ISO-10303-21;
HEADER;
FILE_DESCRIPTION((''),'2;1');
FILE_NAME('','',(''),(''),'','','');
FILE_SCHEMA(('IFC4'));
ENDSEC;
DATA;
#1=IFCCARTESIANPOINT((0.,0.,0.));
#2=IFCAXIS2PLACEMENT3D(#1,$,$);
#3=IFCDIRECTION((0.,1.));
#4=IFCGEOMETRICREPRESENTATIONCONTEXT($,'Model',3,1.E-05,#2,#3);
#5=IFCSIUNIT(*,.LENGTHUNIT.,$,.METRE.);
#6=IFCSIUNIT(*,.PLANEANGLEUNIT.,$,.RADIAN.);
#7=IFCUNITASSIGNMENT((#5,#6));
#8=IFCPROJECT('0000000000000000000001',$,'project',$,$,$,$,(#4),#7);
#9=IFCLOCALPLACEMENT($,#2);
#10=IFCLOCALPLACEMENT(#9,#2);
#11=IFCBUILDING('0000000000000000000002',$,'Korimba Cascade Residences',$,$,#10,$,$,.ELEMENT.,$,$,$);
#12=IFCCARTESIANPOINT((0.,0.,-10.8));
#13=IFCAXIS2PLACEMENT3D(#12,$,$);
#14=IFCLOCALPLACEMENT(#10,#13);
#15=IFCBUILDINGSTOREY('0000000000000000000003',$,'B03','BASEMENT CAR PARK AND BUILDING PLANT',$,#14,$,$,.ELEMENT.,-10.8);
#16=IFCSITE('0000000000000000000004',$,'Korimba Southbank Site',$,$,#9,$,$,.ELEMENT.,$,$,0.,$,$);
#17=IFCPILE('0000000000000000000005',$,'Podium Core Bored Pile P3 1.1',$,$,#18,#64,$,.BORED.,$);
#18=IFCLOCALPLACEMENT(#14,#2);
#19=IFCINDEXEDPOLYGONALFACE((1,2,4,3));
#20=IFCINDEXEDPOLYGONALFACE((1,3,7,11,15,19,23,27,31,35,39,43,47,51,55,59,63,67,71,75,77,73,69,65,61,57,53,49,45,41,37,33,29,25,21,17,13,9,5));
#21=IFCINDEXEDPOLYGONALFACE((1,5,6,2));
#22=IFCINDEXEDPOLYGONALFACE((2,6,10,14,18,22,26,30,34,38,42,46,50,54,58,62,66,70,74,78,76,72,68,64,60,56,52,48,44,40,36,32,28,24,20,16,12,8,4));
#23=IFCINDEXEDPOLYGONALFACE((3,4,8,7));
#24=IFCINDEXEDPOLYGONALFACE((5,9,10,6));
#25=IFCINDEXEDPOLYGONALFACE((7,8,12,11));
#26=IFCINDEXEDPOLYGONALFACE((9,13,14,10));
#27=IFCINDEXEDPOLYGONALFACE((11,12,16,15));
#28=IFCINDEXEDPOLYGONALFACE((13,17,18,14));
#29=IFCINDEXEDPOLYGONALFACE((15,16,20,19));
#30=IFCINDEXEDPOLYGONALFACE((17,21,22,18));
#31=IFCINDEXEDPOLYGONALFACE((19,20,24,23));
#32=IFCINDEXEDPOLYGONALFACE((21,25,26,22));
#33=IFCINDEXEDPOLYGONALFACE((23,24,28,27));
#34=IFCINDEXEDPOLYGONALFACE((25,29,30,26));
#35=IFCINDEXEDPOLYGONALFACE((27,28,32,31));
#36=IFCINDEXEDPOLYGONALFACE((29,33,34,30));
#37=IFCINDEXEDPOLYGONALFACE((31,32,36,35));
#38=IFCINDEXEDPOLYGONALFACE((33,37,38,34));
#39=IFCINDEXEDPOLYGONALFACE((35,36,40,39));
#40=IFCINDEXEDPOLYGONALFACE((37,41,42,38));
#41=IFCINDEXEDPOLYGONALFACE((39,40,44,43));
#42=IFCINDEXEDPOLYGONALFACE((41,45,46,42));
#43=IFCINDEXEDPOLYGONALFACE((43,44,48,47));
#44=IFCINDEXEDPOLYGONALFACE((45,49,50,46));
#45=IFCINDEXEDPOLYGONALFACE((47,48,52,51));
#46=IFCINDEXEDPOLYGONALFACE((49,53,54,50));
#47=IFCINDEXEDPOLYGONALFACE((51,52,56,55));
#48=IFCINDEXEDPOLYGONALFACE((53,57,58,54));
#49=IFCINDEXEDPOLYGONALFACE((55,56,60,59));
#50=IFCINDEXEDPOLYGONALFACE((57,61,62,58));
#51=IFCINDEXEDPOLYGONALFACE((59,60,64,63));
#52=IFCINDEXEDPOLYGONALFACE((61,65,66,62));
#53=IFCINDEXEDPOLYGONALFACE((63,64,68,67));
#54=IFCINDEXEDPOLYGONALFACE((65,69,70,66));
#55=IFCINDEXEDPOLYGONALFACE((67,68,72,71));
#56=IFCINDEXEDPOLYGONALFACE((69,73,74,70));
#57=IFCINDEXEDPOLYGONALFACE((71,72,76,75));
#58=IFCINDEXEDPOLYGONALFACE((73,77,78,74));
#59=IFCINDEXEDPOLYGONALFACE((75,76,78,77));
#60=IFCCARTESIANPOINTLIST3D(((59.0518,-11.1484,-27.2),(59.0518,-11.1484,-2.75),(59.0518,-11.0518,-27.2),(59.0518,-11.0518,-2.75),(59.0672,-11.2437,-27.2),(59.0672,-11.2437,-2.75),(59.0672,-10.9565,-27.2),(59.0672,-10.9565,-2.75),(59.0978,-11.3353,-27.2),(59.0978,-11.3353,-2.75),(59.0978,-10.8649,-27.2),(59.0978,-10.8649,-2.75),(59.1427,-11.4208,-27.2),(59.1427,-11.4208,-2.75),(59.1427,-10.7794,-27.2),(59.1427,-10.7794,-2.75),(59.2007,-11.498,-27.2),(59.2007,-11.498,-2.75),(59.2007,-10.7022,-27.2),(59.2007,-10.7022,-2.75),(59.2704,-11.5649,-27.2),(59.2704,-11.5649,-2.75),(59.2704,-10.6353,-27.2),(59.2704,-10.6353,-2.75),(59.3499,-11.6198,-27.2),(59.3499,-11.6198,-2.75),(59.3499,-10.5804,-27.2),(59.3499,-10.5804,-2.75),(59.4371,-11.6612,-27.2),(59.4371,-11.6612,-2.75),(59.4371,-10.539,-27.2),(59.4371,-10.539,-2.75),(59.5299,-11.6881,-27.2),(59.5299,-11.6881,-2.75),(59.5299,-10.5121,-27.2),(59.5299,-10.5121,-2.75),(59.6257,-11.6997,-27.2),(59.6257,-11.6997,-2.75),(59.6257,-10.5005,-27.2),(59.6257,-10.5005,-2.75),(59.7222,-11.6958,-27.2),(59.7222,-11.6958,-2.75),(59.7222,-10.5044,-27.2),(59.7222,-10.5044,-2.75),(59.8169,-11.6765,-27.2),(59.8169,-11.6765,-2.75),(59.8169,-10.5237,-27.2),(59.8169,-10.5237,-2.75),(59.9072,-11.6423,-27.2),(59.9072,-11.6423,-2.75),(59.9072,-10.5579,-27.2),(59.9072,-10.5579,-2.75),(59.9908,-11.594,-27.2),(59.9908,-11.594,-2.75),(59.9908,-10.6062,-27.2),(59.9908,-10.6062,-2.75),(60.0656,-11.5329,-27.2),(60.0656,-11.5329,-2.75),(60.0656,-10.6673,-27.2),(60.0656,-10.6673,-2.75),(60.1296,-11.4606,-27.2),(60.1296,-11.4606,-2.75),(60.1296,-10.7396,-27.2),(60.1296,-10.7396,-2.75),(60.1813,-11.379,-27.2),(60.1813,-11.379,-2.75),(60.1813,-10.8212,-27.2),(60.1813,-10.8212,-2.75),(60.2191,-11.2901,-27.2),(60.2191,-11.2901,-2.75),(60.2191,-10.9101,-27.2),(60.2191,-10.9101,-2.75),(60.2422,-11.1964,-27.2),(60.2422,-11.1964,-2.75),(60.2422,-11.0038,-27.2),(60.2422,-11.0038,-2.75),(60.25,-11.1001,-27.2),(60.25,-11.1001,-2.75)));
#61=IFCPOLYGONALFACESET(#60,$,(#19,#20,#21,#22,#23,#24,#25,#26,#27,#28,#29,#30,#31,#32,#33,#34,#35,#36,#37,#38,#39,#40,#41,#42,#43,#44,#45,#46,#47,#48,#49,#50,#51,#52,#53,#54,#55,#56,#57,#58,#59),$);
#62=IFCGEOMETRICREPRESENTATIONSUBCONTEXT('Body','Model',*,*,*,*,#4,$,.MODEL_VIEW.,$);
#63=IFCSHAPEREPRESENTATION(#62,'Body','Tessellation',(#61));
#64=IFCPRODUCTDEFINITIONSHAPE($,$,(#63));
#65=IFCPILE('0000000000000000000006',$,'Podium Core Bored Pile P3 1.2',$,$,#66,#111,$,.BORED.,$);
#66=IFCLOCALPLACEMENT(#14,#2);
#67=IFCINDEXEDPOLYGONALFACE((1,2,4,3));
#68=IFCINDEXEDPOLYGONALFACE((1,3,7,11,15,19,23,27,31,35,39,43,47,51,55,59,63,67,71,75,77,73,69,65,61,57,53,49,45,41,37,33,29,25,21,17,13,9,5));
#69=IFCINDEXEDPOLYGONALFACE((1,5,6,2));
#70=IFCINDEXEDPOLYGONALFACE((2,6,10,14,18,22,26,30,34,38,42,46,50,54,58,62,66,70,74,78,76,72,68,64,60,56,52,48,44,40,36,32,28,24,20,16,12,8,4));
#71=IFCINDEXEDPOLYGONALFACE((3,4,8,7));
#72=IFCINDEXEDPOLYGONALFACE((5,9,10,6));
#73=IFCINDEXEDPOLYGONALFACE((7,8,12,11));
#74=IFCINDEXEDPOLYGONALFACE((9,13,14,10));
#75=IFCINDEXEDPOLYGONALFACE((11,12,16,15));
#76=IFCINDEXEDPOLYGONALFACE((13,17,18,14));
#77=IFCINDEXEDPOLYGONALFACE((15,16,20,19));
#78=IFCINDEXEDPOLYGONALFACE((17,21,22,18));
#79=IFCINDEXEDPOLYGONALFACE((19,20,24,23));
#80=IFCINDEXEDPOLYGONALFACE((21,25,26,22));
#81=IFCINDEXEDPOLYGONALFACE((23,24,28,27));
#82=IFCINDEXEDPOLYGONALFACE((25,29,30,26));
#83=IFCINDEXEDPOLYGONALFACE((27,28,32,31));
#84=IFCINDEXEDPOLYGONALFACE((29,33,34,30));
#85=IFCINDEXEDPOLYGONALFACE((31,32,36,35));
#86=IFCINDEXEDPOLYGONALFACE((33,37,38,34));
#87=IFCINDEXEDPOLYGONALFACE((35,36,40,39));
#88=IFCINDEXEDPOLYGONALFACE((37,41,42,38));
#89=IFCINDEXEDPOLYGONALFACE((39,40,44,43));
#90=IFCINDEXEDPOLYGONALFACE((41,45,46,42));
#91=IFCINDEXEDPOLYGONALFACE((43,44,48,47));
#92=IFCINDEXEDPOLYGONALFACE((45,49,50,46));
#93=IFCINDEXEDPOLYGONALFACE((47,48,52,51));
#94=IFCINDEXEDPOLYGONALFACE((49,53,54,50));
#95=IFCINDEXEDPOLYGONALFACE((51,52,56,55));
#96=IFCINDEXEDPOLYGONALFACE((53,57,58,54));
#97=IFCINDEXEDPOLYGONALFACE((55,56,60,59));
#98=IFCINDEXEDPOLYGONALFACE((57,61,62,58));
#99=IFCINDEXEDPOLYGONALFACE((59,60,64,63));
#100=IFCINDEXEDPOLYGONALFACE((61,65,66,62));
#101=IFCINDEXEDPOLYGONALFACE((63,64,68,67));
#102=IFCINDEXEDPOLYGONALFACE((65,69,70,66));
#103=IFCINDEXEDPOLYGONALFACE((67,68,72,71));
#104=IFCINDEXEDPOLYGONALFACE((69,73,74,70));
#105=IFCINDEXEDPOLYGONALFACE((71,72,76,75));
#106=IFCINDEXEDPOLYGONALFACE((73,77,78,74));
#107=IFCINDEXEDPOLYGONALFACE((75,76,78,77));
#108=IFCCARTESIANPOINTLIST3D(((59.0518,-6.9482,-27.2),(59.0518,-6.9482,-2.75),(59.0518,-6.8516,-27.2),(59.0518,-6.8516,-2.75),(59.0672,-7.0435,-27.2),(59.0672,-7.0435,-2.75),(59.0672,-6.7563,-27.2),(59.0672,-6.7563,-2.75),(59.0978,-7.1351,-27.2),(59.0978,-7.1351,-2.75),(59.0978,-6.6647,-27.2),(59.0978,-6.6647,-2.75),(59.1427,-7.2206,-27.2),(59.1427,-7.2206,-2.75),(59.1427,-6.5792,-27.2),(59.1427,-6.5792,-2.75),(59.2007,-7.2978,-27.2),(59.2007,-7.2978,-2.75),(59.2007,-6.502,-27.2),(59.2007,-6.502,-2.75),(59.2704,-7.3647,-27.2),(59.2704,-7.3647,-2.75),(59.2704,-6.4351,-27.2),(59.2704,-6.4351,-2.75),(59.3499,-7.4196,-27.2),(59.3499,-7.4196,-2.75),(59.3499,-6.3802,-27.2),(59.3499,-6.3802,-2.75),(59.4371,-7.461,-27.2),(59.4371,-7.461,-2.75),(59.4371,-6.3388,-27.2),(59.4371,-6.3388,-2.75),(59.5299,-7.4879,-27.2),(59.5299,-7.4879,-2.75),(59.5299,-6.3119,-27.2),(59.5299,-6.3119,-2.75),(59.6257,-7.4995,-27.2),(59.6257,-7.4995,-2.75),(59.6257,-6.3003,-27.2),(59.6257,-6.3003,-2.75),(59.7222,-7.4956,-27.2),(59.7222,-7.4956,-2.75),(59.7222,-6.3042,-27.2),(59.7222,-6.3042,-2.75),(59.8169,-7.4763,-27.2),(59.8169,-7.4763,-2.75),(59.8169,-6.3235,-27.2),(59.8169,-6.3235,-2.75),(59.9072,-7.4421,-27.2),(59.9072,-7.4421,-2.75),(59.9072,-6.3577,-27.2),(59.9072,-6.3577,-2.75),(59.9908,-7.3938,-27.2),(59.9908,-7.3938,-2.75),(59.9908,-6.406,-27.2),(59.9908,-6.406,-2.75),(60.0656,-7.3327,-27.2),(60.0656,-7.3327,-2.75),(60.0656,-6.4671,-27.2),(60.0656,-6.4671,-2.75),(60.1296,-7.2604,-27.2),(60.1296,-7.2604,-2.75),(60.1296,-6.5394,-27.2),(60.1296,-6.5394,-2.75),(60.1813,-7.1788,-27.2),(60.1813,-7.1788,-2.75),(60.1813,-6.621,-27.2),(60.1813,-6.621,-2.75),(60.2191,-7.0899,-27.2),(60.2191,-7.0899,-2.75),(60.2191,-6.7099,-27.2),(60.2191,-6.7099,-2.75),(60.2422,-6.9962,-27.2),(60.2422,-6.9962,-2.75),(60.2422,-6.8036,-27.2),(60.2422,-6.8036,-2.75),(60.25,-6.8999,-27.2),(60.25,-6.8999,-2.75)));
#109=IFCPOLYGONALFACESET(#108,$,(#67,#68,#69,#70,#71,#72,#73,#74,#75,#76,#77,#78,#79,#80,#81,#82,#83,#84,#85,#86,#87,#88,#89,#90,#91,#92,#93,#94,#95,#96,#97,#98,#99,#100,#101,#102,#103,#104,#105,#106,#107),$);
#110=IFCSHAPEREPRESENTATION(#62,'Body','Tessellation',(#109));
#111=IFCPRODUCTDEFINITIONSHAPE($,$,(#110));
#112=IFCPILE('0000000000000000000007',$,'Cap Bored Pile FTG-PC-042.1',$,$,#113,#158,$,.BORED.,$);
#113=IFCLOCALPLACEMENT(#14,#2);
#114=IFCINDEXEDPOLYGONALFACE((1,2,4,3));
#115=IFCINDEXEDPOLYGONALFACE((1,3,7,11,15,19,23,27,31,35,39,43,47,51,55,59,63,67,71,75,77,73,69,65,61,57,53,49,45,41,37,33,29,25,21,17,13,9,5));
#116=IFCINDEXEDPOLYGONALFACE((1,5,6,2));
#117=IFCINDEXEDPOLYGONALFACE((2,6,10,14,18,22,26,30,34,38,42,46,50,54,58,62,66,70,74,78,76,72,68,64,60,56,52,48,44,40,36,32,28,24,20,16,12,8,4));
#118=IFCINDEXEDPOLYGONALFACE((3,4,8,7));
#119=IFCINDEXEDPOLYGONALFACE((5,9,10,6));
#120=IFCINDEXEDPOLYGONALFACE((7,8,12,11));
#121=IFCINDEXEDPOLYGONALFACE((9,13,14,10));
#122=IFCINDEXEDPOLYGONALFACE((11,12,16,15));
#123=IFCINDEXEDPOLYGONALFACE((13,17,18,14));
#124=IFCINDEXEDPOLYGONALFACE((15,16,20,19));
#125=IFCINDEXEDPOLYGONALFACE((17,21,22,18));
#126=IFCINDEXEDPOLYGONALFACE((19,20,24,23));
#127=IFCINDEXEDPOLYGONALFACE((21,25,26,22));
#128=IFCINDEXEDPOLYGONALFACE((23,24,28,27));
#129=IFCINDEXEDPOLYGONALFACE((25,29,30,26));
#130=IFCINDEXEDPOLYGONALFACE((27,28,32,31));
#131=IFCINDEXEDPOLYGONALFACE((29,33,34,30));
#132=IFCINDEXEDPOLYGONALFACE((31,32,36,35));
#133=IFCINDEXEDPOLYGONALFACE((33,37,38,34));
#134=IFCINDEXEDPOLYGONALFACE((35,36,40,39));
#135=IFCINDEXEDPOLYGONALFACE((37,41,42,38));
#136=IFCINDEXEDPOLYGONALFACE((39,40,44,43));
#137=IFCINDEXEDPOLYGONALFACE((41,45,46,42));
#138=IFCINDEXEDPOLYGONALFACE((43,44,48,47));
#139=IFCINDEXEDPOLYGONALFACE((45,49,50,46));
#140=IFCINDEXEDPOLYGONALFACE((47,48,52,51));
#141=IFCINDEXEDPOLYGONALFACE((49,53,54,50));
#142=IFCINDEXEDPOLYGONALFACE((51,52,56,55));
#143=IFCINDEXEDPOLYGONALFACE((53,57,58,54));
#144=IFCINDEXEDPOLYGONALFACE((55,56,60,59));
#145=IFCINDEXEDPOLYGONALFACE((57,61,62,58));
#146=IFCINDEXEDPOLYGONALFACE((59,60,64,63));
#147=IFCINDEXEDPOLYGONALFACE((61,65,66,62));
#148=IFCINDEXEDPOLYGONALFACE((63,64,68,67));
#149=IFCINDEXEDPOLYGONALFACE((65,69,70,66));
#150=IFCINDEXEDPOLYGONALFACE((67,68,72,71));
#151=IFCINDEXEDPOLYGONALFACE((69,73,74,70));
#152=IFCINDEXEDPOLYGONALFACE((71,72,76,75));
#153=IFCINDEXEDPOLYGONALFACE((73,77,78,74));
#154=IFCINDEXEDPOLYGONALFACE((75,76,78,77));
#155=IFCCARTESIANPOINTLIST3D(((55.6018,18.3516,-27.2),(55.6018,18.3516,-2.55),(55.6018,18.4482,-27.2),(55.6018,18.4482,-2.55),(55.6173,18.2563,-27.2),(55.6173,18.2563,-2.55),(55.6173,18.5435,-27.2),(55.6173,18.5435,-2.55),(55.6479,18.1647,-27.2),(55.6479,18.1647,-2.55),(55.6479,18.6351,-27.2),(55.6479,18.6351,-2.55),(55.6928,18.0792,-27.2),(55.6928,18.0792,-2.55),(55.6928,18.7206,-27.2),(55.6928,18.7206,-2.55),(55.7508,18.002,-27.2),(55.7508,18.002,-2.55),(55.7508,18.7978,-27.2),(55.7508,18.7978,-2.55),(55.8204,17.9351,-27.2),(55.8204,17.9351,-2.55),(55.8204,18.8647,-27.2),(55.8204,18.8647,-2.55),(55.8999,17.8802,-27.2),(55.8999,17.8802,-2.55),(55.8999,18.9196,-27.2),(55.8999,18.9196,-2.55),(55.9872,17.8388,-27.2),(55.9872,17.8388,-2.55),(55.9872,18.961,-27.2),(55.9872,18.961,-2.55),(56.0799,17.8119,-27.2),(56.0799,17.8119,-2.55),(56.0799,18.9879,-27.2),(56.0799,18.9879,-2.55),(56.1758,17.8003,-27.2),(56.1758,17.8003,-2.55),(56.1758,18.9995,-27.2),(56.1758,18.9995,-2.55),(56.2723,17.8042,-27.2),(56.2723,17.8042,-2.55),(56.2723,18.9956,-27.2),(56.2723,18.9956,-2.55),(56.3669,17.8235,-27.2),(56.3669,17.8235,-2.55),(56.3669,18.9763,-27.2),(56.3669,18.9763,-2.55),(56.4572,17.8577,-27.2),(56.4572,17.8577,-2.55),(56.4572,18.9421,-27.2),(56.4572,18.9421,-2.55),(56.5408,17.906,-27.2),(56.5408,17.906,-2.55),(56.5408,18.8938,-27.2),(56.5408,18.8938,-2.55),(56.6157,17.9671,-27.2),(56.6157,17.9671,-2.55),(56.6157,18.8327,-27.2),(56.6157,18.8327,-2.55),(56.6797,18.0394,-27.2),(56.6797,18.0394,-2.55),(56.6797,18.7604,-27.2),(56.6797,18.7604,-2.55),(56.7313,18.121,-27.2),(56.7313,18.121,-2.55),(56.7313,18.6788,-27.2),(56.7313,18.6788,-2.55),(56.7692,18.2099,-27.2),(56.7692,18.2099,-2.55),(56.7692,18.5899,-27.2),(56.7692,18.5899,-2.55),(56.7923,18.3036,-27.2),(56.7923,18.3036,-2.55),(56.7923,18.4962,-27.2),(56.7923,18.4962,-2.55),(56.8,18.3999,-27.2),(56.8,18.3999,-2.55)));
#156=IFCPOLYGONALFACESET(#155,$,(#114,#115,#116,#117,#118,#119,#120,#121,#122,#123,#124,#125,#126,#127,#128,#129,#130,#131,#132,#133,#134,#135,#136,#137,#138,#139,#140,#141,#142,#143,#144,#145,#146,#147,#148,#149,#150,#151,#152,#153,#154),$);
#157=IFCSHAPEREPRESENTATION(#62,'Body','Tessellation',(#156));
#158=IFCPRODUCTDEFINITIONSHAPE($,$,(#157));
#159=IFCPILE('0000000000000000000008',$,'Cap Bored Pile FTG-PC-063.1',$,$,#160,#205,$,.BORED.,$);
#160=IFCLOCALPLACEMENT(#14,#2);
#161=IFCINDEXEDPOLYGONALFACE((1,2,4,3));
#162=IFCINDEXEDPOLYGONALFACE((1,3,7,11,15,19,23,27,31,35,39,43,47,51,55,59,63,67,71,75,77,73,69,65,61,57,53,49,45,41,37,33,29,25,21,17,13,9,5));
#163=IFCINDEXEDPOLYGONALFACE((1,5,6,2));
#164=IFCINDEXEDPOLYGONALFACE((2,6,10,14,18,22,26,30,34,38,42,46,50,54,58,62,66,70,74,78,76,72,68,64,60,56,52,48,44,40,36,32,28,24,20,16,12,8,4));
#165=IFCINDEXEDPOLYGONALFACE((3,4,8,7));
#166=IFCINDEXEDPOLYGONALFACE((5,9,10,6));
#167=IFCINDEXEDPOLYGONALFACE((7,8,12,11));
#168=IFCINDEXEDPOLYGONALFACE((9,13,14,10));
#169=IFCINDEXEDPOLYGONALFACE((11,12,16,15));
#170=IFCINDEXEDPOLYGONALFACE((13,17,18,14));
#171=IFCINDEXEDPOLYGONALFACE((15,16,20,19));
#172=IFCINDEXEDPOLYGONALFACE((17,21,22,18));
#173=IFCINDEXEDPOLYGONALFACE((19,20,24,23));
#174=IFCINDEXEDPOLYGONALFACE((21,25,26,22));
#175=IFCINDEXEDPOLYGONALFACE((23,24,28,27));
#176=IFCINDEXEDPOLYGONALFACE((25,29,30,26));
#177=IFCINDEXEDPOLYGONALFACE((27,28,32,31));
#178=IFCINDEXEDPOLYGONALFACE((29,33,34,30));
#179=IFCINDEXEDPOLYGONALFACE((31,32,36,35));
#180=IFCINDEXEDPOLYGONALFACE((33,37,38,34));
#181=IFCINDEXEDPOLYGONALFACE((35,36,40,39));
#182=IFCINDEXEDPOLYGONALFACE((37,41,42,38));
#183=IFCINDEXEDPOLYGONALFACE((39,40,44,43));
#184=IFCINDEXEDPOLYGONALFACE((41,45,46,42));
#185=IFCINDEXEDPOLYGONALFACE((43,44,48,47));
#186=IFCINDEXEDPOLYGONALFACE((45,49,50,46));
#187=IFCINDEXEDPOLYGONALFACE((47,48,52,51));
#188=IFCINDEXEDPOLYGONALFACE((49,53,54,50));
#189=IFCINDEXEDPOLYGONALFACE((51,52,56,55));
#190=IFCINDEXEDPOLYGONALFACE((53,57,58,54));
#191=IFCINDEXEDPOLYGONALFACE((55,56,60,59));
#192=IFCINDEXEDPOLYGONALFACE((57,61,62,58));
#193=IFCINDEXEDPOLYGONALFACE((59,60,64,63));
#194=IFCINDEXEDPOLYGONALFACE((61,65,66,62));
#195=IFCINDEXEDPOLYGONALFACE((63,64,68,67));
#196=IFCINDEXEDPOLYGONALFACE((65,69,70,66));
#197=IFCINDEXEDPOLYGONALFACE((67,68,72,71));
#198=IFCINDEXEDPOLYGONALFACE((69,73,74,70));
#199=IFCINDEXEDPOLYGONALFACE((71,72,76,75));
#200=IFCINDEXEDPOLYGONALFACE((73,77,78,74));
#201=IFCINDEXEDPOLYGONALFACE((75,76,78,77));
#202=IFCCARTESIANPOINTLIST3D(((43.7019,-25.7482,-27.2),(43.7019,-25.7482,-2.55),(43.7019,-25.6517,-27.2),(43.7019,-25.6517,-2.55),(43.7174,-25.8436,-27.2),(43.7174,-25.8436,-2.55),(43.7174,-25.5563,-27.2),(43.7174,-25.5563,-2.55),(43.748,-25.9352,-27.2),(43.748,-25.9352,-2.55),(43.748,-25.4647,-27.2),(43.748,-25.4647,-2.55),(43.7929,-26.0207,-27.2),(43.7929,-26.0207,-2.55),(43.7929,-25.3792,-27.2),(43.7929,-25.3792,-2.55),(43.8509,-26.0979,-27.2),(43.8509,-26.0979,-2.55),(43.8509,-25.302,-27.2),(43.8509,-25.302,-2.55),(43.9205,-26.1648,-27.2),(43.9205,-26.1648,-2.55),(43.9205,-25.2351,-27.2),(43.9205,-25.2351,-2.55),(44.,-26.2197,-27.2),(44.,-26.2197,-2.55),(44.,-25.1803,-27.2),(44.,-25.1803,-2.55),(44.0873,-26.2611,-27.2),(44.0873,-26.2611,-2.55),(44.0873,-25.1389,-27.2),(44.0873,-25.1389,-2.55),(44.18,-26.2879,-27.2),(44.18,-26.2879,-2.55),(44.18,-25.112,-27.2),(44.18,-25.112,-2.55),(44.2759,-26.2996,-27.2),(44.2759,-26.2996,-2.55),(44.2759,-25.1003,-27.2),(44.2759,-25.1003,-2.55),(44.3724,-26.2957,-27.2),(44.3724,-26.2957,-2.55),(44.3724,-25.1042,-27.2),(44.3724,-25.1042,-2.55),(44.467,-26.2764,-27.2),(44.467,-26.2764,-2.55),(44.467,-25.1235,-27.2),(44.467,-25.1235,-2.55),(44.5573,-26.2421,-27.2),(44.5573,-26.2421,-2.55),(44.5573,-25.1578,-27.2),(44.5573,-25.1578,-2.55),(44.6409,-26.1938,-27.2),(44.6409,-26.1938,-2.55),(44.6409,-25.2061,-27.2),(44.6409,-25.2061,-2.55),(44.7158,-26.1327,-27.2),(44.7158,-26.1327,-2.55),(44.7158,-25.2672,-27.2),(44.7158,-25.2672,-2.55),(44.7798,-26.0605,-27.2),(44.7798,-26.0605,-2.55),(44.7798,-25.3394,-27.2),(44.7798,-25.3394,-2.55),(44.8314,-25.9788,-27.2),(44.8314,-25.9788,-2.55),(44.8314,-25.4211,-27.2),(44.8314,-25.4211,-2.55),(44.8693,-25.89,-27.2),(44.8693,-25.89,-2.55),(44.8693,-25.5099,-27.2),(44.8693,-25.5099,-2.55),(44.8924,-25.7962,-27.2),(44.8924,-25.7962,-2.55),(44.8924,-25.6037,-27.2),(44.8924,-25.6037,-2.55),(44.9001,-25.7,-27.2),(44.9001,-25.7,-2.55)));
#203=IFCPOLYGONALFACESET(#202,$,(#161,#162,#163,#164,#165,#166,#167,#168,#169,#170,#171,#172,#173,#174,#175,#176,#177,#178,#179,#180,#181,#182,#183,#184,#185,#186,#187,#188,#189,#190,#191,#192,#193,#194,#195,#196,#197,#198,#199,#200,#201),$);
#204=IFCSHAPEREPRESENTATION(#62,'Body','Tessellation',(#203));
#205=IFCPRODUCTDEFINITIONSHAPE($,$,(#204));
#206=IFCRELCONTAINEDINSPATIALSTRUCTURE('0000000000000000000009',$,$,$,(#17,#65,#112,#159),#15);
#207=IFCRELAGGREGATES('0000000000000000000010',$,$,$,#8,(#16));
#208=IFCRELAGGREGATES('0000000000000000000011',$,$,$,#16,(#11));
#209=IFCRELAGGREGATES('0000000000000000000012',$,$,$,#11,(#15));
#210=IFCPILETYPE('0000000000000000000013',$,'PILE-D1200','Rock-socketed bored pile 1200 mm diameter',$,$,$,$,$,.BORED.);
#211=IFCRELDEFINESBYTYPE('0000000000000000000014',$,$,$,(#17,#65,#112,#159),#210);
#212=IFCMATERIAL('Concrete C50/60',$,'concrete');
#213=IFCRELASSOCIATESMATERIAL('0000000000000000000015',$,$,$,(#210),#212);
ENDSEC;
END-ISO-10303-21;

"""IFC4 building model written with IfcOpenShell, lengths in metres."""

from ifc_helpers import new_model, si_unit, direction, frame, origin, origin_2d, place, context, subcontext, project, spatial, circle, extrude, material, material_profile, profile_set, type_object, element, save


model = new_model("IFC4")

# Units and contexts
model_context = context("Model", 3, precision=1e-05, world=origin(), true_north=direction((0.0, 1.0)))
body_context = subcontext(model_context, "Body", "Model", "MODEL_VIEW")
ifc_project = project(units=[si_unit("LENGTHUNIT", "METRE"), si_unit("PLANEANGLEUNIT", "RADIAN")], contexts=[model_context])

# Site, building, storey
site_placement = place(None, origin())
site = spatial("IfcSite", under=ifc_project, at=site_placement, Name="Korimba Southbank Site", CompositionType="ELEMENT", RefElevation=0.0)
building_placement = place(site_placement, origin())
building = spatial("IfcBuilding", under=site, at=building_placement, Name="Korimba Cascade Residences", CompositionType="ELEMENT")
storey_placement = place(building_placement, frame((0.0, 0.0, -10.8)))
storey = spatial("IfcBuildingStorey", under=building, at=storey_placement, Name="B03", Description="BASEMENT CAR PARK AND BUILDING PLANT", CompositionType="ELEMENT", Elevation=-10.8)

# Piles
ifc_material_1 = material(Name="Concrete C50/60", Category="concrete")
ifc_material_profile_1 = material_profile(ifc_material_1, circle(Radius=0.6001, at=origin_2d()), Name="Concrete C50/60")
ifc_profile_set_1 = profile_set([ifc_material_profile_1], Name="Concrete C50/60")
pile_type = type_object("IfcPileType", Name="PILE-D1200", Description="Rock-socketed bored pile 1200 mm diameter", PredefinedType="BORED", material=ifc_profile_set_1)
for number, where, z_axis, x_axis, name in (
    (1, (59.6499, -11.1001, -2.75), (0.0, 0.0, -1.0), (1.0, 0.0, 0.0), "Podium Core Bored Pile P3 1.1"),
    (2, (59.6499, -6.8999, -2.75), (0.0, 0.0, -1.0), (1.0, 0.0, 0.0), "Podium Core Bored Pile P3 1.2"),
):
    element("IfcPile", number, at=place(storey_placement, frame(where, z_axis=z_axis, x_axis=x_axis)), inside=storey, type_object=pile_type, Name=name, PredefinedType="BORED", context=body_context, shape_type="SweptSolid", body=[
        extrude(circle(Radius=0.6001, at=origin_2d()), origin(), (0.0, 0.0, 1.0), 24.45),
    ])
for number, where, z_axis, x_axis, name in (
    (3, (56.2, 18.3999, -2.55), (0.0, 0.0, -1.0), (1.0, 0.0, 0.0), "Cap Bored Pile FTG-PC-042.1"),
    (4, (44.3, -25.7, -2.55), (0.0, 0.0, -1.0), (1.0, 0.0, 0.0), "Cap Bored Pile FTG-PC-063.1"),
):
    element("IfcPile", number, at=place(storey_placement, frame(where, z_axis=z_axis, x_axis=x_axis)), inside=storey, type_object=pile_type, Name=name, PredefinedType="BORED", context=body_context, shape_type="SweptSolid", body=[
        extrude(circle(Radius=0.6001, at=origin_2d()), origin(), (0.0, 0.0, 1.0), 24.6499),
    ])

save(model, "model.ifc")
